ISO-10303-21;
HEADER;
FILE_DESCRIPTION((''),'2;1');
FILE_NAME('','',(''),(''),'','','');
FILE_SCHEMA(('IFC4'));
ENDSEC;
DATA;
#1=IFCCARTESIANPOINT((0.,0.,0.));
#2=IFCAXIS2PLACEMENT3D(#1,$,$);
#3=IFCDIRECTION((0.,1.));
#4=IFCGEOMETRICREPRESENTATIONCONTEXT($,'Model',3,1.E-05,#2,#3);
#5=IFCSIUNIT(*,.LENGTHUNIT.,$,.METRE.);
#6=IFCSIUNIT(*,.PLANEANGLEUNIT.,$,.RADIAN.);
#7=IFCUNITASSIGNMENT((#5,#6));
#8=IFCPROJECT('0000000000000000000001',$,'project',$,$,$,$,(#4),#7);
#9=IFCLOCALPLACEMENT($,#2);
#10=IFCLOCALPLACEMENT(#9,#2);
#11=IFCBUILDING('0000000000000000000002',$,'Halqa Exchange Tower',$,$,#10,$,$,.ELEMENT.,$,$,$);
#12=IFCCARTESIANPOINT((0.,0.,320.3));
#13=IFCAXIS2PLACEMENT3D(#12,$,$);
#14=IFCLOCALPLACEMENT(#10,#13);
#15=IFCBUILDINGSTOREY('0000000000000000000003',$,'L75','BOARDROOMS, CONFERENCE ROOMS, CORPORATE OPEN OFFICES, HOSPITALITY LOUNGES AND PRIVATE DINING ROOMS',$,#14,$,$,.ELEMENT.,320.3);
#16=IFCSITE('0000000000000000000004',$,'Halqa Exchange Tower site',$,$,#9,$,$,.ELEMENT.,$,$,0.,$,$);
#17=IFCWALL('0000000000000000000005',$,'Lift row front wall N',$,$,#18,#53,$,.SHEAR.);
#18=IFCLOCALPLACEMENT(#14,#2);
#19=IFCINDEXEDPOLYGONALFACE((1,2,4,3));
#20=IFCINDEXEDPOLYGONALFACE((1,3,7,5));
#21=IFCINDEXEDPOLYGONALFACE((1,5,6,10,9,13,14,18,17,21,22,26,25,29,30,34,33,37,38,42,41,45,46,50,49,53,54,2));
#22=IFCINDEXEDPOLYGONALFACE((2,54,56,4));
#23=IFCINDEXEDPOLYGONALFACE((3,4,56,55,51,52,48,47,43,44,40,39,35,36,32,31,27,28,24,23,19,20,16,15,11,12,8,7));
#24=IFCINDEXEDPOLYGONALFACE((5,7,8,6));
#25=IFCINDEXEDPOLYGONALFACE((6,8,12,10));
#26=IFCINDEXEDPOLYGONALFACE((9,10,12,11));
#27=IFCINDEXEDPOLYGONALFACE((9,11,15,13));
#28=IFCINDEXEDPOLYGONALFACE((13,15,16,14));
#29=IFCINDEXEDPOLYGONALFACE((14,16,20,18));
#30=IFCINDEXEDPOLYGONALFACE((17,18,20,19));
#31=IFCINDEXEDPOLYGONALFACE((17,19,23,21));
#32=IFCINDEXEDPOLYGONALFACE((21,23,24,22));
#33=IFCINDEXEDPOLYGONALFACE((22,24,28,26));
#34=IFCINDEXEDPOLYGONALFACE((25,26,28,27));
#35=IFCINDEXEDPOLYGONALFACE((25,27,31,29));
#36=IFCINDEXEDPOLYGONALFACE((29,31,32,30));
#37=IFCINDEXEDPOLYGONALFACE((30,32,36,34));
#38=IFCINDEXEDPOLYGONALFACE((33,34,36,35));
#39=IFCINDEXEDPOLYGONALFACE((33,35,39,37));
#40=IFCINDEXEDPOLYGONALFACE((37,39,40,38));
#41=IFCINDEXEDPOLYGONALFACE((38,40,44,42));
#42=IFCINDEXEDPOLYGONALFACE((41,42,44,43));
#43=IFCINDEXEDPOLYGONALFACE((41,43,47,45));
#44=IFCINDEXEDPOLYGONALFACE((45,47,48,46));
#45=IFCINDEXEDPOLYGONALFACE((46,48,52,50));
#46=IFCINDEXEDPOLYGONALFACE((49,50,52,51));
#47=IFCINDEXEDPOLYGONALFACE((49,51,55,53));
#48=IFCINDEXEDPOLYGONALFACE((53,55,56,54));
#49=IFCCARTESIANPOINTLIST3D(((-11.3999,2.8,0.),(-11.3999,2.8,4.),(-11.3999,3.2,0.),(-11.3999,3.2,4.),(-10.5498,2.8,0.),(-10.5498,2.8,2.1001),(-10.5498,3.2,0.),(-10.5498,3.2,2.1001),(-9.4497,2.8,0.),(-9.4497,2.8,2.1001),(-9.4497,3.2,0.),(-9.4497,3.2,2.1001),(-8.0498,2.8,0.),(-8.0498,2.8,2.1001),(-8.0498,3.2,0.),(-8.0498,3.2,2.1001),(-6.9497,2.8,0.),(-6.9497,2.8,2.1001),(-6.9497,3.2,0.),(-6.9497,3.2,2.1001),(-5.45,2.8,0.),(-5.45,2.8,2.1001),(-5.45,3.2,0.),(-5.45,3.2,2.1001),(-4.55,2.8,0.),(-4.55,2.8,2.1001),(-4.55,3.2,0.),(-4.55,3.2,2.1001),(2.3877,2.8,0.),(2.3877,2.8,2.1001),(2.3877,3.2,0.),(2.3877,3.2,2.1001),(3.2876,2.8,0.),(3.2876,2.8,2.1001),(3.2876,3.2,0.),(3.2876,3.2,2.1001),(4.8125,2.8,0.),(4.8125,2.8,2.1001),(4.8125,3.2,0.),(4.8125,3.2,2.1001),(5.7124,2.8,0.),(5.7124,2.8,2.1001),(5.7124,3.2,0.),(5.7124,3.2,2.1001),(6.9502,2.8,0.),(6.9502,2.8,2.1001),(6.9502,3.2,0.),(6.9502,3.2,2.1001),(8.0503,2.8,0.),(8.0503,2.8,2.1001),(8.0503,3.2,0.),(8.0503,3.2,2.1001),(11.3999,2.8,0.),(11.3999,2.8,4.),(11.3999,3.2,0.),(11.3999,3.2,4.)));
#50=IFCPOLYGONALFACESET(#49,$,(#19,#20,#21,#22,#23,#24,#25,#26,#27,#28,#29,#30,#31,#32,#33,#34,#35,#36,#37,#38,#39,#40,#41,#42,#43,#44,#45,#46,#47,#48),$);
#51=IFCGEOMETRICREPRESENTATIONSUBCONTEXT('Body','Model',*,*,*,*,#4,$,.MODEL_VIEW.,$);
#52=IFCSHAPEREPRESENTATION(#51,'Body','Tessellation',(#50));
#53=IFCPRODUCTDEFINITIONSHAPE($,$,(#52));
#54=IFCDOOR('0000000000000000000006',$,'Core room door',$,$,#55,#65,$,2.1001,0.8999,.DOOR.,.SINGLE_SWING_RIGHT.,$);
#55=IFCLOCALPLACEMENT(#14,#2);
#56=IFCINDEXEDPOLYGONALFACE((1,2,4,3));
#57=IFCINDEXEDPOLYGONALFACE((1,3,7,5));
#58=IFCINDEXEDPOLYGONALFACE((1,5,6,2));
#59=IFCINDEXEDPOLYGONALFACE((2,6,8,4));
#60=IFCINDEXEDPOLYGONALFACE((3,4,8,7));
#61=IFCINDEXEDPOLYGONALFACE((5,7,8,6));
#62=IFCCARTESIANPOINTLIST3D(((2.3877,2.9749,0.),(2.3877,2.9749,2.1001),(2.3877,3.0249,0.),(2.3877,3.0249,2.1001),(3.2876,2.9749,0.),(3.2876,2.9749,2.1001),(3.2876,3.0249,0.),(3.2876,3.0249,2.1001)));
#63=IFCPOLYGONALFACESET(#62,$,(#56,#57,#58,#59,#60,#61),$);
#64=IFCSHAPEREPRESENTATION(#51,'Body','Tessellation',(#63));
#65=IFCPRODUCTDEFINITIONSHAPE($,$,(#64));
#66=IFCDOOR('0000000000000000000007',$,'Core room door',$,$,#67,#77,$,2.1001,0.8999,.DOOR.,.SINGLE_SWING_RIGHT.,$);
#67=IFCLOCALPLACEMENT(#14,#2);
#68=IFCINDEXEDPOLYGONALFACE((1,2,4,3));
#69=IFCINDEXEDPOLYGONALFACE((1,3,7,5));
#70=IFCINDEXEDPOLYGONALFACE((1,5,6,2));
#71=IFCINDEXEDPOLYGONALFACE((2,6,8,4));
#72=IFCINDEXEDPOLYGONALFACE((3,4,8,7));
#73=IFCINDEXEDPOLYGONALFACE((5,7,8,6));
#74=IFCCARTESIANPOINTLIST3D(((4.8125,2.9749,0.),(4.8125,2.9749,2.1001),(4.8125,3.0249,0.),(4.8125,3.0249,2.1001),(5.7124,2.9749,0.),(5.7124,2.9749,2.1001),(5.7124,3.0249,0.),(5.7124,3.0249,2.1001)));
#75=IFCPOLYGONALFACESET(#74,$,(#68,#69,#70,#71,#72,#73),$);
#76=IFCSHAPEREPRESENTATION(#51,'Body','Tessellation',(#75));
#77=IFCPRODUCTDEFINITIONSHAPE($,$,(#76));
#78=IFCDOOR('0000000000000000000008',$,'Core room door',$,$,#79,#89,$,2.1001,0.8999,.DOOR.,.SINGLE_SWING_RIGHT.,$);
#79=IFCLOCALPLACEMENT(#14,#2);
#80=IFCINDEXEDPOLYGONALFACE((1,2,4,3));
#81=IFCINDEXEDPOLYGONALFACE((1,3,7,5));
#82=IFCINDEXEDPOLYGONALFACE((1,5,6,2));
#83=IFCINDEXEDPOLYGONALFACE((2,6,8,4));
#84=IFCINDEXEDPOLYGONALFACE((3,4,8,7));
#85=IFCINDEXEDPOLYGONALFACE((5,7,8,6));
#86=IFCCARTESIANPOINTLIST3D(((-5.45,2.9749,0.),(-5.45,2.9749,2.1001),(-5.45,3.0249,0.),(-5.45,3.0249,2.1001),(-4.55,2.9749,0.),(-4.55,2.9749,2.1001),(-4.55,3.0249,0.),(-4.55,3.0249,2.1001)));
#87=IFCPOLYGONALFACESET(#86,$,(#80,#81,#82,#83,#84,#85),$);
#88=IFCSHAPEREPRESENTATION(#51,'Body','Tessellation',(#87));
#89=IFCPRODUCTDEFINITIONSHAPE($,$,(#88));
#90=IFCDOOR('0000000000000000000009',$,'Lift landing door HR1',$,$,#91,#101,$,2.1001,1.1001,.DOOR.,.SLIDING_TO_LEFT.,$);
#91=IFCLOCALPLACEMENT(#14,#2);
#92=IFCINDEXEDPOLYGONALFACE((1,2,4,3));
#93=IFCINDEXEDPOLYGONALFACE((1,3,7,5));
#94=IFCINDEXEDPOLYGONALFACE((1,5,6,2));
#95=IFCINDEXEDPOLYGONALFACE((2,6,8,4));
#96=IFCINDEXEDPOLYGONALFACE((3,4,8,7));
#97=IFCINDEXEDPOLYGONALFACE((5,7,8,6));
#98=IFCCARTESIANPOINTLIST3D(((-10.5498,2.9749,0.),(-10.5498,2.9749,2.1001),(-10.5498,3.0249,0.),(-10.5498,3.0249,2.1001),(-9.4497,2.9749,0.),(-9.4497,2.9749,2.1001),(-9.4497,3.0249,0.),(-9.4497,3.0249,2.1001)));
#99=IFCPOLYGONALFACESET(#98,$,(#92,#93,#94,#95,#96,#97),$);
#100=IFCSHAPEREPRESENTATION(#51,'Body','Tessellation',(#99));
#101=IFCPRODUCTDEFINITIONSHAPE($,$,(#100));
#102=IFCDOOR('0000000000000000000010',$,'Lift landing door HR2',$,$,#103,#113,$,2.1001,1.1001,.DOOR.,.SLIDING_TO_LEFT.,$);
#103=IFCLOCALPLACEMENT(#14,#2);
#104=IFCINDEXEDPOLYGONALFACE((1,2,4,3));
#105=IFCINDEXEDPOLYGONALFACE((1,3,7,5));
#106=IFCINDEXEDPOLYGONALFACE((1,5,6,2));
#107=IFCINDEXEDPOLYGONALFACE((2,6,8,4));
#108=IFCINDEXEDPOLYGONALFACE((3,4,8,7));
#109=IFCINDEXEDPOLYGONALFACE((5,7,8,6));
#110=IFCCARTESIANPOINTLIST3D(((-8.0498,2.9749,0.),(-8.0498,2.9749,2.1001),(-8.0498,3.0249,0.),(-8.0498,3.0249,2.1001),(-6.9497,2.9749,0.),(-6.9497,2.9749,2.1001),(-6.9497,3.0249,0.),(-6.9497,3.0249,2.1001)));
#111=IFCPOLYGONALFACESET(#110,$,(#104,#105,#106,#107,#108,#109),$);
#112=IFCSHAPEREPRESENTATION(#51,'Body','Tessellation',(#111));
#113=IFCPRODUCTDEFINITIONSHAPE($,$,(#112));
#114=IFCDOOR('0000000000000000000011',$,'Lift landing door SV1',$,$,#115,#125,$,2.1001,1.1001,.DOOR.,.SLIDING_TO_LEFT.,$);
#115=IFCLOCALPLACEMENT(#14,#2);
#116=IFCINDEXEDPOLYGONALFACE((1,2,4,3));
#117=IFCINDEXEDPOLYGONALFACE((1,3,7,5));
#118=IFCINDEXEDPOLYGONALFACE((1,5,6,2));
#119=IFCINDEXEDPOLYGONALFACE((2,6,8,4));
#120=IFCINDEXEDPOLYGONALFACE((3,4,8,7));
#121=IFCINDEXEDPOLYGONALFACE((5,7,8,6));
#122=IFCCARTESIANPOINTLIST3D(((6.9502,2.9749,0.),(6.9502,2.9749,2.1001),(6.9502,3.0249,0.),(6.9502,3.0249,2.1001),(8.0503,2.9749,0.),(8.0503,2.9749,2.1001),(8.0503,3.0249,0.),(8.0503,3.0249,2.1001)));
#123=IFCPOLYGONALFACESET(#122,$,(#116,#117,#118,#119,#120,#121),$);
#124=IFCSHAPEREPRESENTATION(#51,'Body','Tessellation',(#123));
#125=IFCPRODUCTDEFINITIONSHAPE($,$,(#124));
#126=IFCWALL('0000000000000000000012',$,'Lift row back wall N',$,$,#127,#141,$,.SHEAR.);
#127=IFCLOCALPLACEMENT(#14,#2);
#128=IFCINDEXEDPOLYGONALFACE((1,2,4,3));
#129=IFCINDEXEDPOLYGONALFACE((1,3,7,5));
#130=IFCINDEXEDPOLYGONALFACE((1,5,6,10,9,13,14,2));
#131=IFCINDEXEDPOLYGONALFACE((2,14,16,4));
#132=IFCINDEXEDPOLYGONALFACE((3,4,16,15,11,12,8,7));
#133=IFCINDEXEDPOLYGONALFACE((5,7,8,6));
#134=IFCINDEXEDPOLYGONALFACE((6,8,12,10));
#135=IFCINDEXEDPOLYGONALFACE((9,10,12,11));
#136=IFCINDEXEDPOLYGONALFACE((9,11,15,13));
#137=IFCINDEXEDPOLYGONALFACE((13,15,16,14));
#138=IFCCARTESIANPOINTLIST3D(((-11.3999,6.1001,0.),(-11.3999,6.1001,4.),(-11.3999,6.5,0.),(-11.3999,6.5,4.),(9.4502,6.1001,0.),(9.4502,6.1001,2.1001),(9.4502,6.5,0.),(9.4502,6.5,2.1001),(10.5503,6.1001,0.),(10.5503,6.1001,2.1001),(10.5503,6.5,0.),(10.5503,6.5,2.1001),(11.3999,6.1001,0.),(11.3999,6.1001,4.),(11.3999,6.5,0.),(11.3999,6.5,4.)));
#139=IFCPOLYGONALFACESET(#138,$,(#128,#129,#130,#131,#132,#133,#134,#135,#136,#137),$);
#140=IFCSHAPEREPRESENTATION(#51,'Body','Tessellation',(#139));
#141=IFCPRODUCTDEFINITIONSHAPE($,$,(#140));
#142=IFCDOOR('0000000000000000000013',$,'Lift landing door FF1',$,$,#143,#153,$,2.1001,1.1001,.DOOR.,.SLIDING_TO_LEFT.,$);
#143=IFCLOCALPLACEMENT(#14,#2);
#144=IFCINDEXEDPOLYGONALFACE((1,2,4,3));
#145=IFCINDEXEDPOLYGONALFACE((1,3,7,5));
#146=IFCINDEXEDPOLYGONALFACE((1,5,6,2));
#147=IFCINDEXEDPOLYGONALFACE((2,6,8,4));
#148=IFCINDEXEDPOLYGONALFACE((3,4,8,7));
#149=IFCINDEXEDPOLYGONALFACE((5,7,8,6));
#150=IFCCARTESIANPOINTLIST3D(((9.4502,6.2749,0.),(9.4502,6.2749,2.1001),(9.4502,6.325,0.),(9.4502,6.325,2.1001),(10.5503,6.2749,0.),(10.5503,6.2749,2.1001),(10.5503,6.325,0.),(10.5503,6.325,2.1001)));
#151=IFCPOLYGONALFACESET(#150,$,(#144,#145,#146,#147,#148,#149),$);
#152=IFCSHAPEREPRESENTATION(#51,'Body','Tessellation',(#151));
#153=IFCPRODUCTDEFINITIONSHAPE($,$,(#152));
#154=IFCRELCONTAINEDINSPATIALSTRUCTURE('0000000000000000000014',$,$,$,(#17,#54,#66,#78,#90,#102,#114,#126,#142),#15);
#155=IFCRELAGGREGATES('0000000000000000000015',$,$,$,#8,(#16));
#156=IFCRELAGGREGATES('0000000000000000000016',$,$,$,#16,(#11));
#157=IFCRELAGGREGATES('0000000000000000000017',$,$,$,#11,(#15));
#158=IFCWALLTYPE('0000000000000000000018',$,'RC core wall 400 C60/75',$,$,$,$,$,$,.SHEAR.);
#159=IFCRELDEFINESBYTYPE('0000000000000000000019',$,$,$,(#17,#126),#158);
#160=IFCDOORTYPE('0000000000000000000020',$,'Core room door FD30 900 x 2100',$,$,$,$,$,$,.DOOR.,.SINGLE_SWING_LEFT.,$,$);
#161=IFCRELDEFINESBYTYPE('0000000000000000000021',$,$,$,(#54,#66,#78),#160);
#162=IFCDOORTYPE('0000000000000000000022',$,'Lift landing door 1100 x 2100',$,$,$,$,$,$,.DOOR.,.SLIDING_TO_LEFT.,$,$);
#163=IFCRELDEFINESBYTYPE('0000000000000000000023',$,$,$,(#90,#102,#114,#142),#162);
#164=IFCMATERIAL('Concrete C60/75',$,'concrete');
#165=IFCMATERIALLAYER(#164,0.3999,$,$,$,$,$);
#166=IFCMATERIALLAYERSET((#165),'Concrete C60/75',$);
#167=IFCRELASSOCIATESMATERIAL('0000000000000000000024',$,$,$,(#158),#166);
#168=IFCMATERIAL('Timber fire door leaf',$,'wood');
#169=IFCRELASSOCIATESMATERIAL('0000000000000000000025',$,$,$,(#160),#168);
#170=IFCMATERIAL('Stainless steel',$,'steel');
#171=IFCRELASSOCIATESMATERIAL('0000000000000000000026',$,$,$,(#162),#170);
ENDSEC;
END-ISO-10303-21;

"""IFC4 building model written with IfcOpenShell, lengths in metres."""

from ifc_helpers import new_model, si_unit, direction, frame, frame_2d, origin, place, context, subcontext, project, spatial, rectangle, extrude, material, layer, layer_set, type_object, element, fill, save


model = new_model("IFC4")

# Units and contexts
model_context = context("Model", 3, precision=1e-05, world=origin(), true_north=direction((0.0, 1.0)))
body_context = subcontext(model_context, "Body", "Model", "MODEL_VIEW")
ifc_project = project(units=[si_unit("LENGTHUNIT", "METRE"), si_unit("PLANEANGLEUNIT", "RADIAN")], contexts=[model_context])

# Site, building, storey
site_placement = place(None, origin())
site = spatial("IfcSite", under=ifc_project, at=site_placement, Name="Halqa Exchange Tower site", CompositionType="ELEMENT", RefElevation=0.0)
building_placement = place(site_placement, origin())
building = spatial("IfcBuilding", under=site, at=building_placement, Name="Halqa Exchange Tower", CompositionType="ELEMENT")
storey_placement = place(building_placement, frame((0.0, 0.0, 320.3)))
storey = spatial("IfcBuildingStorey", under=building, at=storey_placement, Name="L75", Description="BOARDROOMS, CONFERENCE ROOMS, CORPORATE OPEN OFFICES, HOSPITALITY LOUNGES AND PRIVATE DINING ROOMS", CompositionType="ELEMENT", Elevation=320.3)

# Shared definitions
ifc_material_1 = material(Name="Concrete C60/75", Category="concrete")

# Wall, openings, doors
ifc_layer_1 = layer(ifc_material_1, 0.3999)
ifc_layer_set_1 = layer_set([ifc_layer_1], Name="Concrete C60/75")
wall_type_1 = type_object("IfcWallType", Name="RC core wall 400 C60/75", PredefinedType="SHEAR", material=ifc_layer_set_1)
wall_1_placement = place(storey_placement, frame((-11.3999, 3.0, 0.0), z_axis=(0.0, 0.0, 1.0), x_axis=(1.0, 0.0, 0.0)))
wall_1 = element("IfcWall", 1, at=wall_1_placement, inside=storey, type_object=wall_type_1, Name="Lift row front wall N", PredefinedType="SHEAR", context=body_context, shape_type="SweptSolid", body=[
    extrude(rectangle(XDim=22.7998, YDim=0.3999, at=frame_2d((11.3999, 0.0))), origin(), (0.0, 0.0, 1.0), 4.0),
])
opening_1_placement = place(wall_1_placement, frame((0.8501, 0.0, 0.0)))
opening_1 = element("IfcOpeningElement", 2, at=opening_1_placement, cuts=wall_1, PredefinedType="OPENING", context=body_context, shape_type="SweptSolid", body=[
    extrude(rectangle(XDim=1.1001, YDim=2.1001, at=frame_2d((0.55, 1.05))), frame((0.0, 0.2119, 0.0), z_axis=(0.0, -1.0, 0.0), x_axis=(1.0, 0.0, 0.0)), (0.0, 0.0, 1.0), 0.4238),
])
opening_2_placement = place(wall_1_placement, frame((3.3501, 0.0, 0.0)))
opening_2 = element("IfcOpeningElement", 3, at=opening_2_placement, cuts=wall_1, PredefinedType="OPENING", context=body_context, shape_type="SweptSolid", body=[
    extrude(rectangle(XDim=1.1001, YDim=2.1001, at=frame_2d((0.55, 1.05))), frame((0.0, 0.2119, 0.0), z_axis=(0.0, -1.0, 0.0), x_axis=(1.0, 0.0, 0.0)), (0.0, 0.0, 1.0), 0.4238),
])
opening_3_placement = place(wall_1_placement, frame((18.3501, 0.0, 0.0)))
opening_3 = element("IfcOpeningElement", 4, at=opening_3_placement, cuts=wall_1, PredefinedType="OPENING", context=body_context, shape_type="SweptSolid", body=[
    extrude(rectangle(XDim=1.1001, YDim=2.1001, at=frame_2d((0.55, 1.05))), frame((0.0, 0.2119, 0.0), z_axis=(0.0, -1.0, 0.0), x_axis=(1.0, 0.0, 0.0)), (0.0, 0.0, 1.0), 0.4238),
])
opening_4_placement = place(wall_1_placement, frame((13.7876, 0.0, 0.0)))
opening_4 = element("IfcOpeningElement", 5, at=opening_4_placement, cuts=wall_1, PredefinedType="OPENING", context=body_context, shape_type="SweptSolid", body=[
    extrude(rectangle(XDim=0.8999, YDim=2.1001, at=frame_2d((0.45, 1.05))), frame((0.0, 0.2119, 0.0), z_axis=(0.0, -1.0, 0.0), x_axis=(1.0, 0.0, 0.0)), (0.0, 0.0, 1.0), 0.4238),
])
opening_5_placement = place(wall_1_placement, frame((16.2124, 0.0, 0.0)))
opening_5 = element("IfcOpeningElement", 6, at=opening_5_placement, cuts=wall_1, PredefinedType="OPENING", context=body_context, shape_type="SweptSolid", body=[
    extrude(rectangle(XDim=0.8999, YDim=2.1001, at=frame_2d((0.45, 1.05))), frame((0.0, 0.2119, 0.0), z_axis=(0.0, -1.0, 0.0), x_axis=(1.0, 0.0, 0.0)), (0.0, 0.0, 1.0), 0.4238),
])
opening_6_placement = place(wall_1_placement, frame((5.95, 0.0, 0.0)))
opening_6 = element("IfcOpeningElement", 7, at=opening_6_placement, cuts=wall_1, PredefinedType="OPENING", context=body_context, shape_type="SweptSolid", body=[
    extrude(rectangle(XDim=0.8999, YDim=2.1001, at=frame_2d((0.45, 1.05))), frame((0.0, 0.2119, 0.0), z_axis=(0.0, -1.0, 0.0), x_axis=(1.0, 0.0, 0.0)), (0.0, 0.0, 1.0), 0.4238),
])
ifc_material_2 = material(Name="Timber fire door leaf", Category="wood")
door_type_1 = type_object("IfcDoorType", Name="Core room door FD30 900 x 2100", OperationType="SINGLE_SWING_LEFT", PredefinedType="DOOR", material=ifc_material_2)
door_1_placement = place(opening_4_placement, origin())
door_1 = element("IfcDoor", 8, at=door_1_placement, inside=storey, type_object=door_type_1, Name="Core room door", OperationType="SINGLE_SWING_RIGHT", OverallHeight=2.1001, OverallWidth=0.8999, PredefinedType="DOOR", context=body_context, shape_type="SweptSolid", body=[
    extrude(rectangle(XDim=0.8999, YDim=2.1001, at=frame_2d((0.45, 1.05))), frame((0.0, 0.0249, 0.0), z_axis=(0.0, -1.0, 0.0), x_axis=(1.0, 0.0, 0.0)), (0.0, 0.0, 1.0), 0.05),
])
fill(opening_4, door_1)
door_2_placement = place(opening_5_placement, origin())
door_2 = element("IfcDoor", 9, at=door_2_placement, inside=storey, type_object=door_type_1, Name="Core room door", OperationType="SINGLE_SWING_RIGHT", OverallHeight=2.1001, OverallWidth=0.8999, PredefinedType="DOOR", context=body_context, shape_type="SweptSolid", body=[
    extrude(rectangle(XDim=0.8999, YDim=2.1001, at=frame_2d((0.45, 1.05))), frame((0.0, 0.0249, 0.0), z_axis=(0.0, -1.0, 0.0), x_axis=(1.0, 0.0, 0.0)), (0.0, 0.0, 1.0), 0.05),
])
fill(opening_5, door_2)
door_3_placement = place(opening_6_placement, origin())
door_3 = element("IfcDoor", 10, at=door_3_placement, inside=storey, type_object=door_type_1, Name="Core room door", OperationType="SINGLE_SWING_RIGHT", OverallHeight=2.1001, OverallWidth=0.8999, PredefinedType="DOOR", context=body_context, shape_type="SweptSolid", body=[
    extrude(rectangle(XDim=0.8999, YDim=2.1001, at=frame_2d((0.45, 1.05))), frame((0.0, 0.0249, 0.0), z_axis=(0.0, -1.0, 0.0), x_axis=(1.0, 0.0, 0.0)), (0.0, 0.0, 1.0), 0.05),
])
fill(opening_6, door_3)
ifc_material_3 = material(Name="Stainless steel", Category="steel")
door_type_2 = type_object("IfcDoorType", Name="Lift landing door 1100 x 2100", OperationType="SLIDING_TO_LEFT", PredefinedType="DOOR", material=ifc_material_3)
door_4_placement = place(opening_1_placement, origin())
door_4 = element("IfcDoor", 11, at=door_4_placement, inside=storey, type_object=door_type_2, Name="Lift landing door HR1", OperationType="SLIDING_TO_LEFT", OverallHeight=2.1001, OverallWidth=1.1001, PredefinedType="DOOR", context=body_context, shape_type="SweptSolid", body=[
    extrude(rectangle(XDim=1.1001, YDim=2.1001, at=frame_2d((0.55, 1.05))), frame((0.0, 0.0249, 0.0), z_axis=(0.0, -1.0, 0.0), x_axis=(1.0, 0.0, 0.0)), (0.0, 0.0, 1.0), 0.05),
])
fill(opening_1, door_4)
door_5_placement = place(opening_2_placement, origin())
door_5 = element("IfcDoor", 12, at=door_5_placement, inside=storey, type_object=door_type_2, Name="Lift landing door HR2", OperationType="SLIDING_TO_LEFT", OverallHeight=2.1001, OverallWidth=1.1001, PredefinedType="DOOR", context=body_context, shape_type="SweptSolid", body=[
    extrude(rectangle(XDim=1.1001, YDim=2.1001, at=frame_2d((0.55, 1.05))), frame((0.0, 0.0249, 0.0), z_axis=(0.0, -1.0, 0.0), x_axis=(1.0, 0.0, 0.0)), (0.0, 0.0, 1.0), 0.05),
])
fill(opening_2, door_5)
door_6_placement = place(opening_3_placement, origin())
door_6 = element("IfcDoor", 13, at=door_6_placement, inside=storey, type_object=door_type_2, Name="Lift landing door SV1", OperationType="SLIDING_TO_LEFT", OverallHeight=2.1001, OverallWidth=1.1001, PredefinedType="DOOR", context=body_context, shape_type="SweptSolid", body=[
    extrude(rectangle(XDim=1.1001, YDim=2.1001, at=frame_2d((0.55, 1.05))), frame((0.0, 0.0249, 0.0), z_axis=(0.0, -1.0, 0.0), x_axis=(1.0, 0.0, 0.0)), (0.0, 0.0, 1.0), 0.05),
])
fill(opening_3, door_6)

# Wall, opening, door
wall_2_placement = place(storey_placement, frame((-11.3999, 6.3, 0.0), z_axis=(0.0, 0.0, 1.0), x_axis=(1.0, 0.0, 0.0)))
wall_2 = element("IfcWall", 14, at=wall_2_placement, inside=storey, type_object=wall_type_1, Name="Lift row back wall N", PredefinedType="SHEAR", context=body_context, shape_type="SweptSolid", body=[
    extrude(rectangle(XDim=22.7998, YDim=0.3999, at=frame_2d((11.3999, 0.0))), origin(), (0.0, 0.0, 1.0), 4.0),
])
opening_7_placement = place(wall_2_placement, frame((20.8501, 0.0, 0.0)))
opening_7 = element("IfcOpeningElement", 15, at=opening_7_placement, cuts=wall_2, PredefinedType="OPENING", context=body_context, shape_type="SweptSolid", body=[
    extrude(rectangle(XDim=1.1001, YDim=2.1001, at=frame_2d((0.55, 1.05))), frame((0.0, 0.2119, 0.0), z_axis=(0.0, -1.0, 0.0), x_axis=(1.0, 0.0, 0.0)), (0.0, 0.0, 1.0), 0.4238),
])
door_7_placement = place(opening_7_placement, origin())
door_7 = element("IfcDoor", 16, at=door_7_placement, inside=storey, type_object=door_type_2, Name="Lift landing door FF1", OperationType="SLIDING_TO_LEFT", OverallHeight=2.1001, OverallWidth=1.1001, PredefinedType="DOOR", context=body_context, shape_type="SweptSolid", body=[
    extrude(rectangle(XDim=1.1001, YDim=2.1001, at=frame_2d((0.55, 1.05))), frame((0.0, 0.0249, 0.0), z_axis=(0.0, -1.0, 0.0), x_axis=(1.0, 0.0, 0.0)), (0.0, 0.0, 1.0), 0.05),
])
fill(opening_7, door_7)

save(model, "model.ifc")
